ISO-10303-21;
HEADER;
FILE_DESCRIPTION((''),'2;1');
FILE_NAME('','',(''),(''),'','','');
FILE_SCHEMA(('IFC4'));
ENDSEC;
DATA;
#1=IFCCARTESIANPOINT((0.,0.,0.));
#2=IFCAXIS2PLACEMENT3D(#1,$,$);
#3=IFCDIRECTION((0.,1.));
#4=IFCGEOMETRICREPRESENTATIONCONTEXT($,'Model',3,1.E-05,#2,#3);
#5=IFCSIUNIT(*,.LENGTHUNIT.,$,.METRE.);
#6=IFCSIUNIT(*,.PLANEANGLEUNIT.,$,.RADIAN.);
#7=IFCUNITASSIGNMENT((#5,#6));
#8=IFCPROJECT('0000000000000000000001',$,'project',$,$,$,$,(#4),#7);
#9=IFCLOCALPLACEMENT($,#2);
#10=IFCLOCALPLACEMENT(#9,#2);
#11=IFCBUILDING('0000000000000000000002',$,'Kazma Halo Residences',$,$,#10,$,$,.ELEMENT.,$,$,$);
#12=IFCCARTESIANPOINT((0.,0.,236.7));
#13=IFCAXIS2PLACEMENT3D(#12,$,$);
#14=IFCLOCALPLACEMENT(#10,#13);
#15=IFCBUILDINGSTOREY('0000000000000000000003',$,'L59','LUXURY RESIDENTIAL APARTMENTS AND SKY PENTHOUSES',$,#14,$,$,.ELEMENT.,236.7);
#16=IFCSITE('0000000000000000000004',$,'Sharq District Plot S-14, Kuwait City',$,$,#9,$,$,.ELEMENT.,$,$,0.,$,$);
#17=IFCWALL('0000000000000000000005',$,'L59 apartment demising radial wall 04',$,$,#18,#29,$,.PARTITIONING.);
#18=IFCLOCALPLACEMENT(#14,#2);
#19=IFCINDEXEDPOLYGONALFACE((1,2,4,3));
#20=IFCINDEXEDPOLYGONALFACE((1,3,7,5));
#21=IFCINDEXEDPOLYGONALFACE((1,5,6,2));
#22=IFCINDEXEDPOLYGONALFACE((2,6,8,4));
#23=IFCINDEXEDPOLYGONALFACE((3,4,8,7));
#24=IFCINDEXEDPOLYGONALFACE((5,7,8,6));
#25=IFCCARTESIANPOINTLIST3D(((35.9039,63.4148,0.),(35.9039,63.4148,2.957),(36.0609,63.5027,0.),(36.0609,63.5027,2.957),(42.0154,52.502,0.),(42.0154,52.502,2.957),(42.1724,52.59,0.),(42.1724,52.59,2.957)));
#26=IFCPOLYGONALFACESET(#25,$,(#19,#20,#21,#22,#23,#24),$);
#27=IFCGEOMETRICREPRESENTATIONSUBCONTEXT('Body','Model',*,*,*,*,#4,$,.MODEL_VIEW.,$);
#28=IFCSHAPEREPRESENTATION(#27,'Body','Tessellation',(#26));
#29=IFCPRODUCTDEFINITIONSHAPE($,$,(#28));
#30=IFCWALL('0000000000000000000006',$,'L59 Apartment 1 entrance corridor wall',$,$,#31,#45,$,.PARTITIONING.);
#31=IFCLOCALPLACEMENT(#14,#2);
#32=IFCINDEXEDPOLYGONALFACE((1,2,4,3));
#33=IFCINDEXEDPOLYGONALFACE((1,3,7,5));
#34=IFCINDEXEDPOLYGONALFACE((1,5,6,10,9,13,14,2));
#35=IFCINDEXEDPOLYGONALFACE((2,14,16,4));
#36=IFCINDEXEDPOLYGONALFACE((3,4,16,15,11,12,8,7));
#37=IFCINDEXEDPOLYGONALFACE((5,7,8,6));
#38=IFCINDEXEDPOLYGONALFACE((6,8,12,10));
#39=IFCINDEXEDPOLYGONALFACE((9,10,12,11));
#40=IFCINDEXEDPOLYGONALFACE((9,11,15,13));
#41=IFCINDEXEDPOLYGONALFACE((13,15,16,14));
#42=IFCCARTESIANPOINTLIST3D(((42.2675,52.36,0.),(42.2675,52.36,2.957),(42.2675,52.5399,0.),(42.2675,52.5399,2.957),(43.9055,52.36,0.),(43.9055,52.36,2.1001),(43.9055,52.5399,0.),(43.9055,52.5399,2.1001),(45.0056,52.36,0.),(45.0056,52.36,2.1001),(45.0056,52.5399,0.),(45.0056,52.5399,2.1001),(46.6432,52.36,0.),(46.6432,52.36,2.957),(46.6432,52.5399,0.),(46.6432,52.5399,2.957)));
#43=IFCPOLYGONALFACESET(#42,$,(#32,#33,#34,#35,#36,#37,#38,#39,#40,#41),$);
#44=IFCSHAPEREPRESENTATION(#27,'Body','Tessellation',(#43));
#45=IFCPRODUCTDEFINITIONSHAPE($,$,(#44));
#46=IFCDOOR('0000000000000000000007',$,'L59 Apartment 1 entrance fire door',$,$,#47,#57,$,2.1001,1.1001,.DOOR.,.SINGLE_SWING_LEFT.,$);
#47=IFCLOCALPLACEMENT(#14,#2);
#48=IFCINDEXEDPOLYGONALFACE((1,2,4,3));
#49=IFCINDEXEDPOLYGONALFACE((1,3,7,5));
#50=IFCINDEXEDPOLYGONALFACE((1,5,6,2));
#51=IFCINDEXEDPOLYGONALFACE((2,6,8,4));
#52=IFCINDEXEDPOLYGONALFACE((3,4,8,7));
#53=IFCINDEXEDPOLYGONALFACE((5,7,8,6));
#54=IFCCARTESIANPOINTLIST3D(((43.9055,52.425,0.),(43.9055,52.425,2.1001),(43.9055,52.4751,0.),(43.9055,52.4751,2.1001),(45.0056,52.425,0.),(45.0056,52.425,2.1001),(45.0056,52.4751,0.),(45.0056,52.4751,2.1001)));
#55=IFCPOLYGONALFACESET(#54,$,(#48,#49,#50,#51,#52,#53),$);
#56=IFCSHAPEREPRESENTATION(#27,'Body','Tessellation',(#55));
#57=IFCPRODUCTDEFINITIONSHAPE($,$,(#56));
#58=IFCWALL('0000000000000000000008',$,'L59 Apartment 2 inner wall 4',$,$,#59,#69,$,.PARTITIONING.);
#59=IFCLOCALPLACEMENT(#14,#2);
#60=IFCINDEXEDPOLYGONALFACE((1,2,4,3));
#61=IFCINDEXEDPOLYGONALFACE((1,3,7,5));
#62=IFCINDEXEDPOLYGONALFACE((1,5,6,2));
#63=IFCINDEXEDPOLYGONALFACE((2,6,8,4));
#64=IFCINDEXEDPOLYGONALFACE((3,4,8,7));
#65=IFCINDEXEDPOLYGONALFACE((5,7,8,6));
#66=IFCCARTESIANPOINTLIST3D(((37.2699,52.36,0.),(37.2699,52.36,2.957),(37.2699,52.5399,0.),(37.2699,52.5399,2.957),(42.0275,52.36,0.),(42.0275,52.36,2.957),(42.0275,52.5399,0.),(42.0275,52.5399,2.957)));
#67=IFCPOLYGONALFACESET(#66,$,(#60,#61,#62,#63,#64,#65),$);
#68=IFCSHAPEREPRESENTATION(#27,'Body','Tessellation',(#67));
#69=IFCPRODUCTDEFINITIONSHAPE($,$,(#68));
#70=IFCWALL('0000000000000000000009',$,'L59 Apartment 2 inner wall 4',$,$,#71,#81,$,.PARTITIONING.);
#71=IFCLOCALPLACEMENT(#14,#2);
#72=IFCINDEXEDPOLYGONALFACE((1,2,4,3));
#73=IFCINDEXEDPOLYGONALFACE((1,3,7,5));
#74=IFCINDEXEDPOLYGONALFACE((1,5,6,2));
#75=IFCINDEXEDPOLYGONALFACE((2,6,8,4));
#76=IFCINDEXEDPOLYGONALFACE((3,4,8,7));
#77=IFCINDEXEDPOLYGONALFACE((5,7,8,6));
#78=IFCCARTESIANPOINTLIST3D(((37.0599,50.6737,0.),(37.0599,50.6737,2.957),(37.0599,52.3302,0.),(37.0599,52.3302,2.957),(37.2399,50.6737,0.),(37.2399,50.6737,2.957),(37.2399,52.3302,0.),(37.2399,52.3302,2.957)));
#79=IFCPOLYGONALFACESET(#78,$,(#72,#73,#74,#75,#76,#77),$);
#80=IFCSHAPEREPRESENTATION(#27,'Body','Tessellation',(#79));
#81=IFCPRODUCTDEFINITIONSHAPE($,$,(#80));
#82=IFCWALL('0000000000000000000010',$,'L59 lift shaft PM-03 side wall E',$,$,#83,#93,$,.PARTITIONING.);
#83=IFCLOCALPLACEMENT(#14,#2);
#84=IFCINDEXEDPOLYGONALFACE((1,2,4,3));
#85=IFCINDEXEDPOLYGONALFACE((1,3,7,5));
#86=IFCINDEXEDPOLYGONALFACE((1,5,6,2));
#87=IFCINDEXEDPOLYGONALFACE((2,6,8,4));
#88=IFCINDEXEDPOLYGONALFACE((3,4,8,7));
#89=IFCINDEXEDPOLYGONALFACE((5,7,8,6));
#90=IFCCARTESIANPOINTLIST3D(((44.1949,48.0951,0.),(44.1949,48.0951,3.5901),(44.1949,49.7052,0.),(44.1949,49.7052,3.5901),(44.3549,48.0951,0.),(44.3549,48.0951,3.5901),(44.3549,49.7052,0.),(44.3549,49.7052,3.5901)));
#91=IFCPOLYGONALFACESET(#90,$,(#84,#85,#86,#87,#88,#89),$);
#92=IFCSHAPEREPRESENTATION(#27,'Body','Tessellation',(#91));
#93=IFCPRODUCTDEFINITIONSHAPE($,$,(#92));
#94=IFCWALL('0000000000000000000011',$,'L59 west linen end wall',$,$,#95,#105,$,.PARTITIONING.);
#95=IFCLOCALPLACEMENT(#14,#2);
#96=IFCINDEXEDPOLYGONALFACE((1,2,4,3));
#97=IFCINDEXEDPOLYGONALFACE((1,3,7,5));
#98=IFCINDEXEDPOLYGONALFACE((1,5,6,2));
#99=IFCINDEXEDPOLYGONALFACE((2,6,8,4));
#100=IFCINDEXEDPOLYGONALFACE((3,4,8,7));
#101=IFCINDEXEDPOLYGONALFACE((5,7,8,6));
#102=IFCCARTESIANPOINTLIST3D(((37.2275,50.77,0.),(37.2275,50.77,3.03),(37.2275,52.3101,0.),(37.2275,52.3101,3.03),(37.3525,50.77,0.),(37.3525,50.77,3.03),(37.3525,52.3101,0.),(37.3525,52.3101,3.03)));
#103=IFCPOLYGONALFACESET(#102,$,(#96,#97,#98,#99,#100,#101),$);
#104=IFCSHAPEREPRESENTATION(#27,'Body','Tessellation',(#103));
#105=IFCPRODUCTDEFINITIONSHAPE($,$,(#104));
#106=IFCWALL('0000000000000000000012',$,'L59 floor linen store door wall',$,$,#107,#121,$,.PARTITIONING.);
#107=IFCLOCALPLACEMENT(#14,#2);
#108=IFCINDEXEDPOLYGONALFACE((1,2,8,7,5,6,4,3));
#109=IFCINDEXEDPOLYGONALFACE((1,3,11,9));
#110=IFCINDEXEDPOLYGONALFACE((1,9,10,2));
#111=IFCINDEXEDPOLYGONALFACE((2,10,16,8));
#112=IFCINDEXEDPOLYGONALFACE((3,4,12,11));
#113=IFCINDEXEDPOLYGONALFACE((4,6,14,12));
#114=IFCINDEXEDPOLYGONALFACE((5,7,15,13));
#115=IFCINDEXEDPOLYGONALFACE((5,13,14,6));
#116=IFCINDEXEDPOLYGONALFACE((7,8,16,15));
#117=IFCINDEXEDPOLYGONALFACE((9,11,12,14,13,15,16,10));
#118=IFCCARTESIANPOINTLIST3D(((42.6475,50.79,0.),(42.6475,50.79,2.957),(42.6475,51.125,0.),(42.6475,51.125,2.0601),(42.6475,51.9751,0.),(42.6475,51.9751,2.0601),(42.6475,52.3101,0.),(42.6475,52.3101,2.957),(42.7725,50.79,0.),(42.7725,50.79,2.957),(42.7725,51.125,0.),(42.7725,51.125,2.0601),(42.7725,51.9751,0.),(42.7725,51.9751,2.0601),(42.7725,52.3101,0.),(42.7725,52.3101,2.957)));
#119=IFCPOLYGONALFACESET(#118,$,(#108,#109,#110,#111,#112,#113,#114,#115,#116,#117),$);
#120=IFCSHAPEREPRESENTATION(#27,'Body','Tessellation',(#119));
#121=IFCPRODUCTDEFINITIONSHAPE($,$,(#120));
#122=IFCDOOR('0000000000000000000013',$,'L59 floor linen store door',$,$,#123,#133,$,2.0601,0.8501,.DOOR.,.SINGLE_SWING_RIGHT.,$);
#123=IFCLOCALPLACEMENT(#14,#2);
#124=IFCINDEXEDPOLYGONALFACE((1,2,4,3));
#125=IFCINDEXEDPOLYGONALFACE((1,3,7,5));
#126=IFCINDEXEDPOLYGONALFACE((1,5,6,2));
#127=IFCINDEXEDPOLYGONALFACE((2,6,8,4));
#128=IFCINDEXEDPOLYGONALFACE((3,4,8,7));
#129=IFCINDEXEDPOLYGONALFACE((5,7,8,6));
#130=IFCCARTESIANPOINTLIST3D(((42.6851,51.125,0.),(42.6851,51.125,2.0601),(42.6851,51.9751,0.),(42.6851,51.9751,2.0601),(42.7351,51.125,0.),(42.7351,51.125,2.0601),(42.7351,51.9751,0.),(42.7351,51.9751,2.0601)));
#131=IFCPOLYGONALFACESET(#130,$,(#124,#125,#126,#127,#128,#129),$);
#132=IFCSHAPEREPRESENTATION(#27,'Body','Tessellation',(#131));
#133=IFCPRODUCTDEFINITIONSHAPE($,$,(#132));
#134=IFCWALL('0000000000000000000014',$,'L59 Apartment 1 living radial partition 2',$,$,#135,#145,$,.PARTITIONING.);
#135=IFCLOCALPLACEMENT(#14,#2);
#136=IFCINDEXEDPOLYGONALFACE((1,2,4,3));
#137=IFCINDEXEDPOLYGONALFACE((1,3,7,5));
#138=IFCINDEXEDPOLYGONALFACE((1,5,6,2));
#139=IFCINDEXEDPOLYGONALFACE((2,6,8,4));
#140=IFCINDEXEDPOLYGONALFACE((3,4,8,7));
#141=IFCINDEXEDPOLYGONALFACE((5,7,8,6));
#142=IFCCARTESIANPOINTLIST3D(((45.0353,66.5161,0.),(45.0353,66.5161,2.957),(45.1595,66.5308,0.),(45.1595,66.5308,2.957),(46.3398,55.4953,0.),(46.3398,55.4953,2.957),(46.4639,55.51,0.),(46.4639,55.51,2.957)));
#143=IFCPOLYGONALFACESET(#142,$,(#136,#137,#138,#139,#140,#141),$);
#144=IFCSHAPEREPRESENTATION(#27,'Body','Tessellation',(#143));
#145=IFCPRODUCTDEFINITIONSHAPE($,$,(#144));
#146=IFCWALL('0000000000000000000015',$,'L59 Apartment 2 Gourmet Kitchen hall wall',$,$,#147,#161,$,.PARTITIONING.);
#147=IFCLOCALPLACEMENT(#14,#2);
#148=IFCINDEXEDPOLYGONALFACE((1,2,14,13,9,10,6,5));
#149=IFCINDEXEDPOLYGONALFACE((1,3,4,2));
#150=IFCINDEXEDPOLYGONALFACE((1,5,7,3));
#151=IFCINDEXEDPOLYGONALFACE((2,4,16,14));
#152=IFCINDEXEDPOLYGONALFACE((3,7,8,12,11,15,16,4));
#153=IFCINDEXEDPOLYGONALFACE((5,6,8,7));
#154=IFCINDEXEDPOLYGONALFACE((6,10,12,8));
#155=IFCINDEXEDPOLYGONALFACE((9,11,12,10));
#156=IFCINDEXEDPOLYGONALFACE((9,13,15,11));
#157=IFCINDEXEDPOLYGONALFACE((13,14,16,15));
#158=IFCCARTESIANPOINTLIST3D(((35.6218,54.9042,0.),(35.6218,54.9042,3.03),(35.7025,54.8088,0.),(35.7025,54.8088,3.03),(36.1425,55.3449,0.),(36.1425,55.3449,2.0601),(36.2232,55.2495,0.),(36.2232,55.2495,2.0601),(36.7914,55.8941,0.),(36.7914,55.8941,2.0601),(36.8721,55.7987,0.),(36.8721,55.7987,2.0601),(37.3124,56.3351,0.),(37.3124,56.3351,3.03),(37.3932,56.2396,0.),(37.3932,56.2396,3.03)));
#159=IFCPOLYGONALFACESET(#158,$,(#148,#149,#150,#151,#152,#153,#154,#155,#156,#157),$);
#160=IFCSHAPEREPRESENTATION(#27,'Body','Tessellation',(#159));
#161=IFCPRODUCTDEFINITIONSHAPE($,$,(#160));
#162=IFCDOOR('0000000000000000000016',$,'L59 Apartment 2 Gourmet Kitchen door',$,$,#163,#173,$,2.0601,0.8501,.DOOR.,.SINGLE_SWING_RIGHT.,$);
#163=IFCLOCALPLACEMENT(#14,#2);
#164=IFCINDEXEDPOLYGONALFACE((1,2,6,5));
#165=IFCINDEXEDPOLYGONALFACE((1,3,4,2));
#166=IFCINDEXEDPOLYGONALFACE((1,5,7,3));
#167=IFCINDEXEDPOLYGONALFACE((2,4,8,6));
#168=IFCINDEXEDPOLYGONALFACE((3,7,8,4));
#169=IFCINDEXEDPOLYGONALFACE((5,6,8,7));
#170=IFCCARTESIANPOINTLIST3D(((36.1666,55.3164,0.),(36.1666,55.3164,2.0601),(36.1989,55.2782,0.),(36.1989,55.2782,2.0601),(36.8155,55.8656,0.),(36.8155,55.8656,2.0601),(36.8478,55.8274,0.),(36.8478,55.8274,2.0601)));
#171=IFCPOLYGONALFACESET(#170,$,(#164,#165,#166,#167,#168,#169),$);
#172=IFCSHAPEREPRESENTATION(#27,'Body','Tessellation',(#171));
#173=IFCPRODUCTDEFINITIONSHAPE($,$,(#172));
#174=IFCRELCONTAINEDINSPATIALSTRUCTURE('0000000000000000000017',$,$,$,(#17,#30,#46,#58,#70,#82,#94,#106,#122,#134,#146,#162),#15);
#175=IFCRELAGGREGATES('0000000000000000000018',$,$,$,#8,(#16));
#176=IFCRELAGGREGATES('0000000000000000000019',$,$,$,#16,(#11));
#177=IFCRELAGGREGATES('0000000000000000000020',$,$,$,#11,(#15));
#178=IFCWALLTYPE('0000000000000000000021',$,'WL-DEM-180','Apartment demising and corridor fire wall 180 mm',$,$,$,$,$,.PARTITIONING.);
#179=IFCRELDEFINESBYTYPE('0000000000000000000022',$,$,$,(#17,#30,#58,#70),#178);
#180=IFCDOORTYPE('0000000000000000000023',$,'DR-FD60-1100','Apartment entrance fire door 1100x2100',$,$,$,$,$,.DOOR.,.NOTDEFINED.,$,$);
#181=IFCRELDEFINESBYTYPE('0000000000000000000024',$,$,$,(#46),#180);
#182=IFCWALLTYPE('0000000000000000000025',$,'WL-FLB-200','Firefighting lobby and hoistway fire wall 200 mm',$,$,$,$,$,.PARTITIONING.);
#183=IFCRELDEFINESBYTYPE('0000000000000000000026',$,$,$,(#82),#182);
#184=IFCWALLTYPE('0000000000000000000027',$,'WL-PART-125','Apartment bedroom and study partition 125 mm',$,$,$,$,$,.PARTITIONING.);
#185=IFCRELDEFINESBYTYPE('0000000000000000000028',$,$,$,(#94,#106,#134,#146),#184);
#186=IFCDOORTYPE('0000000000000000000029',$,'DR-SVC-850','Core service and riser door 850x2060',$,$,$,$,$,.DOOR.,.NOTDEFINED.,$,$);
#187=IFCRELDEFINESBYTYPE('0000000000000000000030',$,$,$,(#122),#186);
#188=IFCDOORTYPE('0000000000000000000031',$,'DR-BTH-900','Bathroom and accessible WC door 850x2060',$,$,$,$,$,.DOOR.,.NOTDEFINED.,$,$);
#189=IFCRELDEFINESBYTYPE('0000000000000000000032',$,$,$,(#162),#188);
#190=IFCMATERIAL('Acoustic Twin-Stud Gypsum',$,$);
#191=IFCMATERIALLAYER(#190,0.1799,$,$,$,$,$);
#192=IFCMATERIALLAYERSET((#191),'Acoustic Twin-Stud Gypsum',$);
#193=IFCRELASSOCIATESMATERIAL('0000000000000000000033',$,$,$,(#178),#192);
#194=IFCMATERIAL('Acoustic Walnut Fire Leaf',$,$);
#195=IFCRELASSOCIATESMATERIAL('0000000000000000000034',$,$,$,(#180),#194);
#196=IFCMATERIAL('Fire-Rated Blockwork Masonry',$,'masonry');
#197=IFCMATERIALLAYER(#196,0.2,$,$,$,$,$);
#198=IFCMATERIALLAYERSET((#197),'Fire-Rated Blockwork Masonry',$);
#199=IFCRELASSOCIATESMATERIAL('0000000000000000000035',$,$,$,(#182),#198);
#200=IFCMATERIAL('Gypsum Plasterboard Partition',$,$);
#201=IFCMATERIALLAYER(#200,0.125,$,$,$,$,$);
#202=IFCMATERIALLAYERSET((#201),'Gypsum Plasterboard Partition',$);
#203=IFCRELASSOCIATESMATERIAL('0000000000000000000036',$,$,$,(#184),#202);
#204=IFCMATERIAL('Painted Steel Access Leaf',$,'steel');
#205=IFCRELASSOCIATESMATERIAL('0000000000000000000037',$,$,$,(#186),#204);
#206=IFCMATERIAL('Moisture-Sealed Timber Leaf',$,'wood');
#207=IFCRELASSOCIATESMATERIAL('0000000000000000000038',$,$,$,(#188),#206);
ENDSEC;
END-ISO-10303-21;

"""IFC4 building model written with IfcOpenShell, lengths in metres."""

from ifc_helpers import new_model, si_unit, direction, frame, frame_2d, origin, place, context, subcontext, project, spatial, rectangle, extrude, material, layer, layer_set, type_object, element, fill, save


model = new_model("IFC4")

# Units and contexts
model_context = context("Model", 3, precision=1e-05, world=origin(), true_north=direction((0.0, 1.0)))
body_context = subcontext(model_context, "Body", "Model", "MODEL_VIEW")
ifc_project = project(units=[si_unit("LENGTHUNIT", "METRE"), si_unit("PLANEANGLEUNIT", "RADIAN")], contexts=[model_context])

# Site, building, storey
site_placement = place(None, origin())
site = spatial("IfcSite", under=ifc_project, at=site_placement, Name="Sharq District Plot S-14, Kuwait City", CompositionType="ELEMENT", RefElevation=0.0)
building_placement = place(site_placement, origin())
building = spatial("IfcBuilding", under=site, at=building_placement, Name="Kazma Halo Residences", CompositionType="ELEMENT")
storey_placement = place(building_placement, frame((0.0, 0.0, 236.7)))
storey = spatial("IfcBuildingStorey", under=building, at=storey_placement, Name="L59", Description="LUXURY RESIDENTIAL APARTMENTS AND SKY PENTHOUSES", CompositionType="ELEMENT", Elevation=236.7)

# Wall
ifc_material_1 = material(Name="Acoustic Twin-Stud Gypsum")
ifc_layer_1 = layer(ifc_material_1, 0.1799)
ifc_layer_set_1 = layer_set([ifc_layer_1], Name="Acoustic Twin-Stud Gypsum")
wall_type_1 = type_object("IfcWallType", Name="WL-DEM-180", Description="Apartment demising and corridor fire wall 180 mm", PredefinedType="PARTITIONING", material=ifc_layer_set_1)
wall_1_placement = place(storey_placement, frame((42.094, 52.5459, 0.0), z_axis=(0.0, 0.0, 1.0), x_axis=(-0.488627, 0.872493, 0.0)))
element("IfcWall", 1, at=wall_1_placement, inside=storey, type_object=wall_type_1, Name="L59 apartment demising radial wall 04", PredefinedType="PARTITIONING", context=body_context, shape_type="SweptSolid", body=[
    extrude(rectangle(XDim=12.5076, YDim=0.1799, at=frame_2d((6.2539, 0.0))), origin(), (0.0, 0.0, 1.0), 2.957),
])

# Wall, opening, door
wall_2_placement = place(storey_placement, frame((46.6433, 52.45, 0.0), z_axis=(0.0, 0.0, 1.0), x_axis=(-1.0, 0.0, 0.0)))
wall_2 = element("IfcWall", 2, at=wall_2_placement, inside=storey, type_object=wall_type_1, Name="L59 Apartment 1 entrance corridor wall", PredefinedType="PARTITIONING", context=body_context, shape_type="SweptSolid", body=[
    extrude(rectangle(XDim=4.3757, YDim=0.1799, at=frame_2d((2.188, 0.0))), origin(), (0.0, 0.0, 1.0), 2.957),
])
opening_1_placement = place(wall_2_placement, frame((1.6377, 0.0, 0.0)))
opening_1 = element("IfcOpeningElement", 3, at=opening_1_placement, cuts=wall_2, PredefinedType="OPENING", context=body_context, shape_type="SweptSolid", body=[
    extrude(rectangle(XDim=1.1001, YDim=2.1001, at=frame_2d((0.55, 1.05))), frame((0.0, 0.0999, 0.0), z_axis=(0.0, -1.0, 0.0), x_axis=(1.0, 0.0, 0.0)), (0.0, 0.0, 1.0), 0.2),
])
ifc_material_2 = material(Name="Acoustic Walnut Fire Leaf")
door_type_1 = type_object("IfcDoorType", Name="DR-FD60-1100", Description="Apartment entrance fire door 1100x2100", OperationType="NOTDEFINED", PredefinedType="DOOR", material=ifc_material_2)
door_1_placement = place(opening_1_placement, origin())
door_1 = element("IfcDoor", 4, at=door_1_placement, inside=storey, type_object=door_type_1, Name="L59 Apartment 1 entrance fire door", OperationType="SINGLE_SWING_LEFT", OverallHeight=2.1001, OverallWidth=1.1001, PredefinedType="DOOR", context=body_context, shape_type="SweptSolid", body=[
    extrude(rectangle(XDim=1.1001, YDim=2.1001, at=frame_2d((0.55, 1.05))), frame((0.0, 0.0249, 0.0), z_axis=(0.0, -1.0, 0.0), x_axis=(1.0, 0.0, 0.0)), (0.0, 0.0, 1.0), 0.05),
])
fill(opening_1, door_1)

# Walls
wall_3_placement = place(storey_placement, frame((42.0276, 52.45, 0.0), z_axis=(0.0, 0.0, 1.0), x_axis=(-1.0, 0.0, 0.0)))
element("IfcWall", 5, at=wall_3_placement, inside=storey, type_object=wall_type_1, Name="L59 Apartment 2 inner wall 4", PredefinedType="PARTITIONING", context=body_context, shape_type="SweptSolid", body=[
    extrude(rectangle(XDim=4.7576, YDim=0.1799, at=frame_2d((2.3789, 0.0))), origin(), (0.0, 0.0, 1.0), 2.957),
])
wall_4_placement = place(storey_placement, frame((37.1499, 52.3301, 0.0), z_axis=(0.0, 0.0, 1.0), x_axis=(0.0, -1.0, 0.0)))
element("IfcWall", 6, at=wall_4_placement, inside=storey, type_object=wall_type_1, Name="L59 Apartment 2 inner wall 4", PredefinedType="PARTITIONING", context=body_context, shape_type="SweptSolid", body=[
    extrude(rectangle(XDim=1.6565, YDim=0.1799, at=frame_2d((0.8281, 0.0))), origin(), (0.0, 0.0, 1.0), 2.957),
])

# Walls
ifc_material_3 = material(Name="Fire-Rated Blockwork Masonry", Category="masonry")
ifc_layer_2 = layer(ifc_material_3, 0.2)
ifc_layer_set_2 = layer_set([ifc_layer_2], Name="Fire-Rated Blockwork Masonry")
wall_type_2 = type_object("IfcWallType", Name="WL-FLB-200", Description="Firefighting lobby and hoistway fire wall 200 mm", PredefinedType="PARTITIONING", material=ifc_layer_set_2)
wall_5_placement = place(storey_placement, frame((44.2749, 48.095, 0.0), z_axis=(0.0, 0.0, 1.0), x_axis=(0.0, 1.0, 0.0)))
element("IfcWall", 7, at=wall_5_placement, inside=storey, type_object=wall_type_2, Name="L59 lift shaft PM-03 side wall E", PredefinedType="PARTITIONING", context=body_context, shape_type="SweptSolid", body=[
    extrude(rectangle(XDim=1.6101, YDim=0.1599, at=frame_2d((0.8052, 0.0))), origin(), (0.0, 0.0, 1.0), 3.5901),
])
ifc_material_4 = material(Name="Gypsum Plasterboard Partition")
ifc_layer_3 = layer(ifc_material_4, 0.125)
ifc_layer_set_3 = layer_set([ifc_layer_3], Name="Gypsum Plasterboard Partition")
wall_type_3 = type_object("IfcWallType", Name="WL-PART-125", Description="Apartment bedroom and study partition 125 mm", PredefinedType="PARTITIONING", material=ifc_layer_set_3)
wall_6_placement = place(storey_placement, frame((37.29, 50.77, 0.0), z_axis=(0.0, 0.0, 1.0), x_axis=(0.0, 1.0, 0.0)))
element("IfcWall", 8, at=wall_6_placement, inside=storey, type_object=wall_type_3, Name="L59 west linen end wall", PredefinedType="PARTITIONING", context=body_context, shape_type="SweptSolid", body=[
    extrude(rectangle(XDim=1.54, YDim=0.125, at=frame_2d((0.77, 0.0))), origin(), (0.0, 0.0, 1.0), 3.03),
])

# Wall, opening, door
wall_7_placement = place(storey_placement, frame((42.71, 50.79, 0.0), z_axis=(0.0, 0.0, 1.0), x_axis=(0.0, 1.0, 0.0)))
wall_7 = element("IfcWall", 9, at=wall_7_placement, inside=storey, type_object=wall_type_3, Name="L59 floor linen store door wall", PredefinedType="PARTITIONING", context=body_context, shape_type="SweptSolid", body=[
    extrude(rectangle(XDim=1.52, YDim=0.125, at=frame_2d((0.76, 0.0))), origin(), (0.0, 0.0, 1.0), 2.957),
])
opening_2_placement = place(wall_7_placement, frame((0.335, 0.0, 0.0)))
opening_2 = element("IfcOpeningElement", 10, at=opening_2_placement, cuts=wall_7, PredefinedType="OPENING", context=body_context, shape_type="SweptSolid", body=[
    extrude(rectangle(XDim=0.8501, YDim=2.0601, at=frame_2d((0.425, 1.03))), frame((0.0, 0.0725, 0.0), z_axis=(0.0, -1.0, 0.0), x_axis=(1.0, 0.0, 0.0)), (0.0, 0.0, 1.0), 0.145),
])
ifc_material_5 = material(Name="Painted Steel Access Leaf", Category="steel")
door_type_2 = type_object("IfcDoorType", Name="DR-SVC-850", Description="Core service and riser door 850x2060", OperationType="NOTDEFINED", PredefinedType="DOOR", material=ifc_material_5)
door_2_placement = place(opening_2_placement, origin())
door_2 = element("IfcDoor", 11, at=door_2_placement, inside=storey, type_object=door_type_2, Name="L59 floor linen store door", OperationType="SINGLE_SWING_RIGHT", OverallHeight=2.0601, OverallWidth=0.8501, PredefinedType="DOOR", context=body_context, shape_type="SweptSolid", body=[
    extrude(rectangle(XDim=0.8501, YDim=2.0601, at=frame_2d((0.425, 1.03))), frame((0.0, 0.0249, 0.0), z_axis=(0.0, -1.0, 0.0), x_axis=(1.0, 0.0, 0.0)), (0.0, 0.0, 1.0), 0.05),
])
fill(opening_2, door_2)

# Wall
wall_8_placement = place(storey_placement, frame((46.4019, 55.5027, 0.0), z_axis=(0.0, 0.0, 1.0), x_axis=(-0.117542, 0.993068, 0.0)))
element("IfcWall", 12, at=wall_8_placement, inside=storey, type_object=wall_type_3, Name="L59 Apartment 1 living radial partition 2", PredefinedType="PARTITIONING", context=body_context, shape_type="SweptSolid", body=[
    extrude(rectangle(XDim=11.0977, YDim=0.125, at=frame_2d((5.5488, 0.0))), origin(), (0.0, 0.0, 1.0), 2.957),
])

# Wall, opening, door
wall_9_placement = place(storey_placement, frame((37.3528, 56.2874, 0.0), z_axis=(0.0, 0.0, 1.0), x_axis=(-0.763311, -0.646031, 0.0)))
wall_9 = element("IfcWall", 13, at=wall_9_placement, inside=storey, type_object=wall_type_3, Name="L59 Apartment 2 Gourmet Kitchen hall wall", PredefinedType="PARTITIONING", context=body_context, shape_type="SweptSolid", body=[
    extrude(rectangle(XDim=2.2148, YDim=0.125, at=frame_2d((1.1074, 0.0))), origin(), (0.0, 0.0, 1.0), 3.03),
])
opening_3_placement = place(wall_9_placement, frame((0.6826, 0.0, 0.0)))
opening_3 = element("IfcOpeningElement", 14, at=opening_3_placement, cuts=wall_9, PredefinedType="OPENING", context=body_context, shape_type="SweptSolid", body=[
    extrude(rectangle(XDim=0.8501, YDim=2.0601, at=frame_2d((0.425, 1.03))), frame((0.0, 0.0725, 0.0), z_axis=(0.0, -1.0, 0.0), x_axis=(1.0, 0.0, 0.0)), (0.0, 0.0, 1.0), 0.145),
])
ifc_material_6 = material(Name="Moisture-Sealed Timber Leaf", Category="wood")
door_type_3 = type_object("IfcDoorType", Name="DR-BTH-900", Description="Bathroom and accessible WC door 850x2060", OperationType="NOTDEFINED", PredefinedType="DOOR", material=ifc_material_6)
door_3_placement = place(opening_3_placement, origin())
door_3 = element("IfcDoor", 15, at=door_3_placement, inside=storey, type_object=door_type_3, Name="L59 Apartment 2 Gourmet Kitchen door", OperationType="SINGLE_SWING_RIGHT", OverallHeight=2.0601, OverallWidth=0.8501, PredefinedType="DOOR", context=body_context, shape_type="SweptSolid", body=[
    extrude(rectangle(XDim=0.8501, YDim=2.0601, at=frame_2d((0.425, 1.03))), frame((0.0, 0.0249, 0.0), z_axis=(0.0, -1.0, 0.0), x_axis=(1.0, 0.0, 0.0)), (0.0, 0.0, 1.0), 0.05),
])
fill(opening_3, door_3)

save(model, "model.ifc")
